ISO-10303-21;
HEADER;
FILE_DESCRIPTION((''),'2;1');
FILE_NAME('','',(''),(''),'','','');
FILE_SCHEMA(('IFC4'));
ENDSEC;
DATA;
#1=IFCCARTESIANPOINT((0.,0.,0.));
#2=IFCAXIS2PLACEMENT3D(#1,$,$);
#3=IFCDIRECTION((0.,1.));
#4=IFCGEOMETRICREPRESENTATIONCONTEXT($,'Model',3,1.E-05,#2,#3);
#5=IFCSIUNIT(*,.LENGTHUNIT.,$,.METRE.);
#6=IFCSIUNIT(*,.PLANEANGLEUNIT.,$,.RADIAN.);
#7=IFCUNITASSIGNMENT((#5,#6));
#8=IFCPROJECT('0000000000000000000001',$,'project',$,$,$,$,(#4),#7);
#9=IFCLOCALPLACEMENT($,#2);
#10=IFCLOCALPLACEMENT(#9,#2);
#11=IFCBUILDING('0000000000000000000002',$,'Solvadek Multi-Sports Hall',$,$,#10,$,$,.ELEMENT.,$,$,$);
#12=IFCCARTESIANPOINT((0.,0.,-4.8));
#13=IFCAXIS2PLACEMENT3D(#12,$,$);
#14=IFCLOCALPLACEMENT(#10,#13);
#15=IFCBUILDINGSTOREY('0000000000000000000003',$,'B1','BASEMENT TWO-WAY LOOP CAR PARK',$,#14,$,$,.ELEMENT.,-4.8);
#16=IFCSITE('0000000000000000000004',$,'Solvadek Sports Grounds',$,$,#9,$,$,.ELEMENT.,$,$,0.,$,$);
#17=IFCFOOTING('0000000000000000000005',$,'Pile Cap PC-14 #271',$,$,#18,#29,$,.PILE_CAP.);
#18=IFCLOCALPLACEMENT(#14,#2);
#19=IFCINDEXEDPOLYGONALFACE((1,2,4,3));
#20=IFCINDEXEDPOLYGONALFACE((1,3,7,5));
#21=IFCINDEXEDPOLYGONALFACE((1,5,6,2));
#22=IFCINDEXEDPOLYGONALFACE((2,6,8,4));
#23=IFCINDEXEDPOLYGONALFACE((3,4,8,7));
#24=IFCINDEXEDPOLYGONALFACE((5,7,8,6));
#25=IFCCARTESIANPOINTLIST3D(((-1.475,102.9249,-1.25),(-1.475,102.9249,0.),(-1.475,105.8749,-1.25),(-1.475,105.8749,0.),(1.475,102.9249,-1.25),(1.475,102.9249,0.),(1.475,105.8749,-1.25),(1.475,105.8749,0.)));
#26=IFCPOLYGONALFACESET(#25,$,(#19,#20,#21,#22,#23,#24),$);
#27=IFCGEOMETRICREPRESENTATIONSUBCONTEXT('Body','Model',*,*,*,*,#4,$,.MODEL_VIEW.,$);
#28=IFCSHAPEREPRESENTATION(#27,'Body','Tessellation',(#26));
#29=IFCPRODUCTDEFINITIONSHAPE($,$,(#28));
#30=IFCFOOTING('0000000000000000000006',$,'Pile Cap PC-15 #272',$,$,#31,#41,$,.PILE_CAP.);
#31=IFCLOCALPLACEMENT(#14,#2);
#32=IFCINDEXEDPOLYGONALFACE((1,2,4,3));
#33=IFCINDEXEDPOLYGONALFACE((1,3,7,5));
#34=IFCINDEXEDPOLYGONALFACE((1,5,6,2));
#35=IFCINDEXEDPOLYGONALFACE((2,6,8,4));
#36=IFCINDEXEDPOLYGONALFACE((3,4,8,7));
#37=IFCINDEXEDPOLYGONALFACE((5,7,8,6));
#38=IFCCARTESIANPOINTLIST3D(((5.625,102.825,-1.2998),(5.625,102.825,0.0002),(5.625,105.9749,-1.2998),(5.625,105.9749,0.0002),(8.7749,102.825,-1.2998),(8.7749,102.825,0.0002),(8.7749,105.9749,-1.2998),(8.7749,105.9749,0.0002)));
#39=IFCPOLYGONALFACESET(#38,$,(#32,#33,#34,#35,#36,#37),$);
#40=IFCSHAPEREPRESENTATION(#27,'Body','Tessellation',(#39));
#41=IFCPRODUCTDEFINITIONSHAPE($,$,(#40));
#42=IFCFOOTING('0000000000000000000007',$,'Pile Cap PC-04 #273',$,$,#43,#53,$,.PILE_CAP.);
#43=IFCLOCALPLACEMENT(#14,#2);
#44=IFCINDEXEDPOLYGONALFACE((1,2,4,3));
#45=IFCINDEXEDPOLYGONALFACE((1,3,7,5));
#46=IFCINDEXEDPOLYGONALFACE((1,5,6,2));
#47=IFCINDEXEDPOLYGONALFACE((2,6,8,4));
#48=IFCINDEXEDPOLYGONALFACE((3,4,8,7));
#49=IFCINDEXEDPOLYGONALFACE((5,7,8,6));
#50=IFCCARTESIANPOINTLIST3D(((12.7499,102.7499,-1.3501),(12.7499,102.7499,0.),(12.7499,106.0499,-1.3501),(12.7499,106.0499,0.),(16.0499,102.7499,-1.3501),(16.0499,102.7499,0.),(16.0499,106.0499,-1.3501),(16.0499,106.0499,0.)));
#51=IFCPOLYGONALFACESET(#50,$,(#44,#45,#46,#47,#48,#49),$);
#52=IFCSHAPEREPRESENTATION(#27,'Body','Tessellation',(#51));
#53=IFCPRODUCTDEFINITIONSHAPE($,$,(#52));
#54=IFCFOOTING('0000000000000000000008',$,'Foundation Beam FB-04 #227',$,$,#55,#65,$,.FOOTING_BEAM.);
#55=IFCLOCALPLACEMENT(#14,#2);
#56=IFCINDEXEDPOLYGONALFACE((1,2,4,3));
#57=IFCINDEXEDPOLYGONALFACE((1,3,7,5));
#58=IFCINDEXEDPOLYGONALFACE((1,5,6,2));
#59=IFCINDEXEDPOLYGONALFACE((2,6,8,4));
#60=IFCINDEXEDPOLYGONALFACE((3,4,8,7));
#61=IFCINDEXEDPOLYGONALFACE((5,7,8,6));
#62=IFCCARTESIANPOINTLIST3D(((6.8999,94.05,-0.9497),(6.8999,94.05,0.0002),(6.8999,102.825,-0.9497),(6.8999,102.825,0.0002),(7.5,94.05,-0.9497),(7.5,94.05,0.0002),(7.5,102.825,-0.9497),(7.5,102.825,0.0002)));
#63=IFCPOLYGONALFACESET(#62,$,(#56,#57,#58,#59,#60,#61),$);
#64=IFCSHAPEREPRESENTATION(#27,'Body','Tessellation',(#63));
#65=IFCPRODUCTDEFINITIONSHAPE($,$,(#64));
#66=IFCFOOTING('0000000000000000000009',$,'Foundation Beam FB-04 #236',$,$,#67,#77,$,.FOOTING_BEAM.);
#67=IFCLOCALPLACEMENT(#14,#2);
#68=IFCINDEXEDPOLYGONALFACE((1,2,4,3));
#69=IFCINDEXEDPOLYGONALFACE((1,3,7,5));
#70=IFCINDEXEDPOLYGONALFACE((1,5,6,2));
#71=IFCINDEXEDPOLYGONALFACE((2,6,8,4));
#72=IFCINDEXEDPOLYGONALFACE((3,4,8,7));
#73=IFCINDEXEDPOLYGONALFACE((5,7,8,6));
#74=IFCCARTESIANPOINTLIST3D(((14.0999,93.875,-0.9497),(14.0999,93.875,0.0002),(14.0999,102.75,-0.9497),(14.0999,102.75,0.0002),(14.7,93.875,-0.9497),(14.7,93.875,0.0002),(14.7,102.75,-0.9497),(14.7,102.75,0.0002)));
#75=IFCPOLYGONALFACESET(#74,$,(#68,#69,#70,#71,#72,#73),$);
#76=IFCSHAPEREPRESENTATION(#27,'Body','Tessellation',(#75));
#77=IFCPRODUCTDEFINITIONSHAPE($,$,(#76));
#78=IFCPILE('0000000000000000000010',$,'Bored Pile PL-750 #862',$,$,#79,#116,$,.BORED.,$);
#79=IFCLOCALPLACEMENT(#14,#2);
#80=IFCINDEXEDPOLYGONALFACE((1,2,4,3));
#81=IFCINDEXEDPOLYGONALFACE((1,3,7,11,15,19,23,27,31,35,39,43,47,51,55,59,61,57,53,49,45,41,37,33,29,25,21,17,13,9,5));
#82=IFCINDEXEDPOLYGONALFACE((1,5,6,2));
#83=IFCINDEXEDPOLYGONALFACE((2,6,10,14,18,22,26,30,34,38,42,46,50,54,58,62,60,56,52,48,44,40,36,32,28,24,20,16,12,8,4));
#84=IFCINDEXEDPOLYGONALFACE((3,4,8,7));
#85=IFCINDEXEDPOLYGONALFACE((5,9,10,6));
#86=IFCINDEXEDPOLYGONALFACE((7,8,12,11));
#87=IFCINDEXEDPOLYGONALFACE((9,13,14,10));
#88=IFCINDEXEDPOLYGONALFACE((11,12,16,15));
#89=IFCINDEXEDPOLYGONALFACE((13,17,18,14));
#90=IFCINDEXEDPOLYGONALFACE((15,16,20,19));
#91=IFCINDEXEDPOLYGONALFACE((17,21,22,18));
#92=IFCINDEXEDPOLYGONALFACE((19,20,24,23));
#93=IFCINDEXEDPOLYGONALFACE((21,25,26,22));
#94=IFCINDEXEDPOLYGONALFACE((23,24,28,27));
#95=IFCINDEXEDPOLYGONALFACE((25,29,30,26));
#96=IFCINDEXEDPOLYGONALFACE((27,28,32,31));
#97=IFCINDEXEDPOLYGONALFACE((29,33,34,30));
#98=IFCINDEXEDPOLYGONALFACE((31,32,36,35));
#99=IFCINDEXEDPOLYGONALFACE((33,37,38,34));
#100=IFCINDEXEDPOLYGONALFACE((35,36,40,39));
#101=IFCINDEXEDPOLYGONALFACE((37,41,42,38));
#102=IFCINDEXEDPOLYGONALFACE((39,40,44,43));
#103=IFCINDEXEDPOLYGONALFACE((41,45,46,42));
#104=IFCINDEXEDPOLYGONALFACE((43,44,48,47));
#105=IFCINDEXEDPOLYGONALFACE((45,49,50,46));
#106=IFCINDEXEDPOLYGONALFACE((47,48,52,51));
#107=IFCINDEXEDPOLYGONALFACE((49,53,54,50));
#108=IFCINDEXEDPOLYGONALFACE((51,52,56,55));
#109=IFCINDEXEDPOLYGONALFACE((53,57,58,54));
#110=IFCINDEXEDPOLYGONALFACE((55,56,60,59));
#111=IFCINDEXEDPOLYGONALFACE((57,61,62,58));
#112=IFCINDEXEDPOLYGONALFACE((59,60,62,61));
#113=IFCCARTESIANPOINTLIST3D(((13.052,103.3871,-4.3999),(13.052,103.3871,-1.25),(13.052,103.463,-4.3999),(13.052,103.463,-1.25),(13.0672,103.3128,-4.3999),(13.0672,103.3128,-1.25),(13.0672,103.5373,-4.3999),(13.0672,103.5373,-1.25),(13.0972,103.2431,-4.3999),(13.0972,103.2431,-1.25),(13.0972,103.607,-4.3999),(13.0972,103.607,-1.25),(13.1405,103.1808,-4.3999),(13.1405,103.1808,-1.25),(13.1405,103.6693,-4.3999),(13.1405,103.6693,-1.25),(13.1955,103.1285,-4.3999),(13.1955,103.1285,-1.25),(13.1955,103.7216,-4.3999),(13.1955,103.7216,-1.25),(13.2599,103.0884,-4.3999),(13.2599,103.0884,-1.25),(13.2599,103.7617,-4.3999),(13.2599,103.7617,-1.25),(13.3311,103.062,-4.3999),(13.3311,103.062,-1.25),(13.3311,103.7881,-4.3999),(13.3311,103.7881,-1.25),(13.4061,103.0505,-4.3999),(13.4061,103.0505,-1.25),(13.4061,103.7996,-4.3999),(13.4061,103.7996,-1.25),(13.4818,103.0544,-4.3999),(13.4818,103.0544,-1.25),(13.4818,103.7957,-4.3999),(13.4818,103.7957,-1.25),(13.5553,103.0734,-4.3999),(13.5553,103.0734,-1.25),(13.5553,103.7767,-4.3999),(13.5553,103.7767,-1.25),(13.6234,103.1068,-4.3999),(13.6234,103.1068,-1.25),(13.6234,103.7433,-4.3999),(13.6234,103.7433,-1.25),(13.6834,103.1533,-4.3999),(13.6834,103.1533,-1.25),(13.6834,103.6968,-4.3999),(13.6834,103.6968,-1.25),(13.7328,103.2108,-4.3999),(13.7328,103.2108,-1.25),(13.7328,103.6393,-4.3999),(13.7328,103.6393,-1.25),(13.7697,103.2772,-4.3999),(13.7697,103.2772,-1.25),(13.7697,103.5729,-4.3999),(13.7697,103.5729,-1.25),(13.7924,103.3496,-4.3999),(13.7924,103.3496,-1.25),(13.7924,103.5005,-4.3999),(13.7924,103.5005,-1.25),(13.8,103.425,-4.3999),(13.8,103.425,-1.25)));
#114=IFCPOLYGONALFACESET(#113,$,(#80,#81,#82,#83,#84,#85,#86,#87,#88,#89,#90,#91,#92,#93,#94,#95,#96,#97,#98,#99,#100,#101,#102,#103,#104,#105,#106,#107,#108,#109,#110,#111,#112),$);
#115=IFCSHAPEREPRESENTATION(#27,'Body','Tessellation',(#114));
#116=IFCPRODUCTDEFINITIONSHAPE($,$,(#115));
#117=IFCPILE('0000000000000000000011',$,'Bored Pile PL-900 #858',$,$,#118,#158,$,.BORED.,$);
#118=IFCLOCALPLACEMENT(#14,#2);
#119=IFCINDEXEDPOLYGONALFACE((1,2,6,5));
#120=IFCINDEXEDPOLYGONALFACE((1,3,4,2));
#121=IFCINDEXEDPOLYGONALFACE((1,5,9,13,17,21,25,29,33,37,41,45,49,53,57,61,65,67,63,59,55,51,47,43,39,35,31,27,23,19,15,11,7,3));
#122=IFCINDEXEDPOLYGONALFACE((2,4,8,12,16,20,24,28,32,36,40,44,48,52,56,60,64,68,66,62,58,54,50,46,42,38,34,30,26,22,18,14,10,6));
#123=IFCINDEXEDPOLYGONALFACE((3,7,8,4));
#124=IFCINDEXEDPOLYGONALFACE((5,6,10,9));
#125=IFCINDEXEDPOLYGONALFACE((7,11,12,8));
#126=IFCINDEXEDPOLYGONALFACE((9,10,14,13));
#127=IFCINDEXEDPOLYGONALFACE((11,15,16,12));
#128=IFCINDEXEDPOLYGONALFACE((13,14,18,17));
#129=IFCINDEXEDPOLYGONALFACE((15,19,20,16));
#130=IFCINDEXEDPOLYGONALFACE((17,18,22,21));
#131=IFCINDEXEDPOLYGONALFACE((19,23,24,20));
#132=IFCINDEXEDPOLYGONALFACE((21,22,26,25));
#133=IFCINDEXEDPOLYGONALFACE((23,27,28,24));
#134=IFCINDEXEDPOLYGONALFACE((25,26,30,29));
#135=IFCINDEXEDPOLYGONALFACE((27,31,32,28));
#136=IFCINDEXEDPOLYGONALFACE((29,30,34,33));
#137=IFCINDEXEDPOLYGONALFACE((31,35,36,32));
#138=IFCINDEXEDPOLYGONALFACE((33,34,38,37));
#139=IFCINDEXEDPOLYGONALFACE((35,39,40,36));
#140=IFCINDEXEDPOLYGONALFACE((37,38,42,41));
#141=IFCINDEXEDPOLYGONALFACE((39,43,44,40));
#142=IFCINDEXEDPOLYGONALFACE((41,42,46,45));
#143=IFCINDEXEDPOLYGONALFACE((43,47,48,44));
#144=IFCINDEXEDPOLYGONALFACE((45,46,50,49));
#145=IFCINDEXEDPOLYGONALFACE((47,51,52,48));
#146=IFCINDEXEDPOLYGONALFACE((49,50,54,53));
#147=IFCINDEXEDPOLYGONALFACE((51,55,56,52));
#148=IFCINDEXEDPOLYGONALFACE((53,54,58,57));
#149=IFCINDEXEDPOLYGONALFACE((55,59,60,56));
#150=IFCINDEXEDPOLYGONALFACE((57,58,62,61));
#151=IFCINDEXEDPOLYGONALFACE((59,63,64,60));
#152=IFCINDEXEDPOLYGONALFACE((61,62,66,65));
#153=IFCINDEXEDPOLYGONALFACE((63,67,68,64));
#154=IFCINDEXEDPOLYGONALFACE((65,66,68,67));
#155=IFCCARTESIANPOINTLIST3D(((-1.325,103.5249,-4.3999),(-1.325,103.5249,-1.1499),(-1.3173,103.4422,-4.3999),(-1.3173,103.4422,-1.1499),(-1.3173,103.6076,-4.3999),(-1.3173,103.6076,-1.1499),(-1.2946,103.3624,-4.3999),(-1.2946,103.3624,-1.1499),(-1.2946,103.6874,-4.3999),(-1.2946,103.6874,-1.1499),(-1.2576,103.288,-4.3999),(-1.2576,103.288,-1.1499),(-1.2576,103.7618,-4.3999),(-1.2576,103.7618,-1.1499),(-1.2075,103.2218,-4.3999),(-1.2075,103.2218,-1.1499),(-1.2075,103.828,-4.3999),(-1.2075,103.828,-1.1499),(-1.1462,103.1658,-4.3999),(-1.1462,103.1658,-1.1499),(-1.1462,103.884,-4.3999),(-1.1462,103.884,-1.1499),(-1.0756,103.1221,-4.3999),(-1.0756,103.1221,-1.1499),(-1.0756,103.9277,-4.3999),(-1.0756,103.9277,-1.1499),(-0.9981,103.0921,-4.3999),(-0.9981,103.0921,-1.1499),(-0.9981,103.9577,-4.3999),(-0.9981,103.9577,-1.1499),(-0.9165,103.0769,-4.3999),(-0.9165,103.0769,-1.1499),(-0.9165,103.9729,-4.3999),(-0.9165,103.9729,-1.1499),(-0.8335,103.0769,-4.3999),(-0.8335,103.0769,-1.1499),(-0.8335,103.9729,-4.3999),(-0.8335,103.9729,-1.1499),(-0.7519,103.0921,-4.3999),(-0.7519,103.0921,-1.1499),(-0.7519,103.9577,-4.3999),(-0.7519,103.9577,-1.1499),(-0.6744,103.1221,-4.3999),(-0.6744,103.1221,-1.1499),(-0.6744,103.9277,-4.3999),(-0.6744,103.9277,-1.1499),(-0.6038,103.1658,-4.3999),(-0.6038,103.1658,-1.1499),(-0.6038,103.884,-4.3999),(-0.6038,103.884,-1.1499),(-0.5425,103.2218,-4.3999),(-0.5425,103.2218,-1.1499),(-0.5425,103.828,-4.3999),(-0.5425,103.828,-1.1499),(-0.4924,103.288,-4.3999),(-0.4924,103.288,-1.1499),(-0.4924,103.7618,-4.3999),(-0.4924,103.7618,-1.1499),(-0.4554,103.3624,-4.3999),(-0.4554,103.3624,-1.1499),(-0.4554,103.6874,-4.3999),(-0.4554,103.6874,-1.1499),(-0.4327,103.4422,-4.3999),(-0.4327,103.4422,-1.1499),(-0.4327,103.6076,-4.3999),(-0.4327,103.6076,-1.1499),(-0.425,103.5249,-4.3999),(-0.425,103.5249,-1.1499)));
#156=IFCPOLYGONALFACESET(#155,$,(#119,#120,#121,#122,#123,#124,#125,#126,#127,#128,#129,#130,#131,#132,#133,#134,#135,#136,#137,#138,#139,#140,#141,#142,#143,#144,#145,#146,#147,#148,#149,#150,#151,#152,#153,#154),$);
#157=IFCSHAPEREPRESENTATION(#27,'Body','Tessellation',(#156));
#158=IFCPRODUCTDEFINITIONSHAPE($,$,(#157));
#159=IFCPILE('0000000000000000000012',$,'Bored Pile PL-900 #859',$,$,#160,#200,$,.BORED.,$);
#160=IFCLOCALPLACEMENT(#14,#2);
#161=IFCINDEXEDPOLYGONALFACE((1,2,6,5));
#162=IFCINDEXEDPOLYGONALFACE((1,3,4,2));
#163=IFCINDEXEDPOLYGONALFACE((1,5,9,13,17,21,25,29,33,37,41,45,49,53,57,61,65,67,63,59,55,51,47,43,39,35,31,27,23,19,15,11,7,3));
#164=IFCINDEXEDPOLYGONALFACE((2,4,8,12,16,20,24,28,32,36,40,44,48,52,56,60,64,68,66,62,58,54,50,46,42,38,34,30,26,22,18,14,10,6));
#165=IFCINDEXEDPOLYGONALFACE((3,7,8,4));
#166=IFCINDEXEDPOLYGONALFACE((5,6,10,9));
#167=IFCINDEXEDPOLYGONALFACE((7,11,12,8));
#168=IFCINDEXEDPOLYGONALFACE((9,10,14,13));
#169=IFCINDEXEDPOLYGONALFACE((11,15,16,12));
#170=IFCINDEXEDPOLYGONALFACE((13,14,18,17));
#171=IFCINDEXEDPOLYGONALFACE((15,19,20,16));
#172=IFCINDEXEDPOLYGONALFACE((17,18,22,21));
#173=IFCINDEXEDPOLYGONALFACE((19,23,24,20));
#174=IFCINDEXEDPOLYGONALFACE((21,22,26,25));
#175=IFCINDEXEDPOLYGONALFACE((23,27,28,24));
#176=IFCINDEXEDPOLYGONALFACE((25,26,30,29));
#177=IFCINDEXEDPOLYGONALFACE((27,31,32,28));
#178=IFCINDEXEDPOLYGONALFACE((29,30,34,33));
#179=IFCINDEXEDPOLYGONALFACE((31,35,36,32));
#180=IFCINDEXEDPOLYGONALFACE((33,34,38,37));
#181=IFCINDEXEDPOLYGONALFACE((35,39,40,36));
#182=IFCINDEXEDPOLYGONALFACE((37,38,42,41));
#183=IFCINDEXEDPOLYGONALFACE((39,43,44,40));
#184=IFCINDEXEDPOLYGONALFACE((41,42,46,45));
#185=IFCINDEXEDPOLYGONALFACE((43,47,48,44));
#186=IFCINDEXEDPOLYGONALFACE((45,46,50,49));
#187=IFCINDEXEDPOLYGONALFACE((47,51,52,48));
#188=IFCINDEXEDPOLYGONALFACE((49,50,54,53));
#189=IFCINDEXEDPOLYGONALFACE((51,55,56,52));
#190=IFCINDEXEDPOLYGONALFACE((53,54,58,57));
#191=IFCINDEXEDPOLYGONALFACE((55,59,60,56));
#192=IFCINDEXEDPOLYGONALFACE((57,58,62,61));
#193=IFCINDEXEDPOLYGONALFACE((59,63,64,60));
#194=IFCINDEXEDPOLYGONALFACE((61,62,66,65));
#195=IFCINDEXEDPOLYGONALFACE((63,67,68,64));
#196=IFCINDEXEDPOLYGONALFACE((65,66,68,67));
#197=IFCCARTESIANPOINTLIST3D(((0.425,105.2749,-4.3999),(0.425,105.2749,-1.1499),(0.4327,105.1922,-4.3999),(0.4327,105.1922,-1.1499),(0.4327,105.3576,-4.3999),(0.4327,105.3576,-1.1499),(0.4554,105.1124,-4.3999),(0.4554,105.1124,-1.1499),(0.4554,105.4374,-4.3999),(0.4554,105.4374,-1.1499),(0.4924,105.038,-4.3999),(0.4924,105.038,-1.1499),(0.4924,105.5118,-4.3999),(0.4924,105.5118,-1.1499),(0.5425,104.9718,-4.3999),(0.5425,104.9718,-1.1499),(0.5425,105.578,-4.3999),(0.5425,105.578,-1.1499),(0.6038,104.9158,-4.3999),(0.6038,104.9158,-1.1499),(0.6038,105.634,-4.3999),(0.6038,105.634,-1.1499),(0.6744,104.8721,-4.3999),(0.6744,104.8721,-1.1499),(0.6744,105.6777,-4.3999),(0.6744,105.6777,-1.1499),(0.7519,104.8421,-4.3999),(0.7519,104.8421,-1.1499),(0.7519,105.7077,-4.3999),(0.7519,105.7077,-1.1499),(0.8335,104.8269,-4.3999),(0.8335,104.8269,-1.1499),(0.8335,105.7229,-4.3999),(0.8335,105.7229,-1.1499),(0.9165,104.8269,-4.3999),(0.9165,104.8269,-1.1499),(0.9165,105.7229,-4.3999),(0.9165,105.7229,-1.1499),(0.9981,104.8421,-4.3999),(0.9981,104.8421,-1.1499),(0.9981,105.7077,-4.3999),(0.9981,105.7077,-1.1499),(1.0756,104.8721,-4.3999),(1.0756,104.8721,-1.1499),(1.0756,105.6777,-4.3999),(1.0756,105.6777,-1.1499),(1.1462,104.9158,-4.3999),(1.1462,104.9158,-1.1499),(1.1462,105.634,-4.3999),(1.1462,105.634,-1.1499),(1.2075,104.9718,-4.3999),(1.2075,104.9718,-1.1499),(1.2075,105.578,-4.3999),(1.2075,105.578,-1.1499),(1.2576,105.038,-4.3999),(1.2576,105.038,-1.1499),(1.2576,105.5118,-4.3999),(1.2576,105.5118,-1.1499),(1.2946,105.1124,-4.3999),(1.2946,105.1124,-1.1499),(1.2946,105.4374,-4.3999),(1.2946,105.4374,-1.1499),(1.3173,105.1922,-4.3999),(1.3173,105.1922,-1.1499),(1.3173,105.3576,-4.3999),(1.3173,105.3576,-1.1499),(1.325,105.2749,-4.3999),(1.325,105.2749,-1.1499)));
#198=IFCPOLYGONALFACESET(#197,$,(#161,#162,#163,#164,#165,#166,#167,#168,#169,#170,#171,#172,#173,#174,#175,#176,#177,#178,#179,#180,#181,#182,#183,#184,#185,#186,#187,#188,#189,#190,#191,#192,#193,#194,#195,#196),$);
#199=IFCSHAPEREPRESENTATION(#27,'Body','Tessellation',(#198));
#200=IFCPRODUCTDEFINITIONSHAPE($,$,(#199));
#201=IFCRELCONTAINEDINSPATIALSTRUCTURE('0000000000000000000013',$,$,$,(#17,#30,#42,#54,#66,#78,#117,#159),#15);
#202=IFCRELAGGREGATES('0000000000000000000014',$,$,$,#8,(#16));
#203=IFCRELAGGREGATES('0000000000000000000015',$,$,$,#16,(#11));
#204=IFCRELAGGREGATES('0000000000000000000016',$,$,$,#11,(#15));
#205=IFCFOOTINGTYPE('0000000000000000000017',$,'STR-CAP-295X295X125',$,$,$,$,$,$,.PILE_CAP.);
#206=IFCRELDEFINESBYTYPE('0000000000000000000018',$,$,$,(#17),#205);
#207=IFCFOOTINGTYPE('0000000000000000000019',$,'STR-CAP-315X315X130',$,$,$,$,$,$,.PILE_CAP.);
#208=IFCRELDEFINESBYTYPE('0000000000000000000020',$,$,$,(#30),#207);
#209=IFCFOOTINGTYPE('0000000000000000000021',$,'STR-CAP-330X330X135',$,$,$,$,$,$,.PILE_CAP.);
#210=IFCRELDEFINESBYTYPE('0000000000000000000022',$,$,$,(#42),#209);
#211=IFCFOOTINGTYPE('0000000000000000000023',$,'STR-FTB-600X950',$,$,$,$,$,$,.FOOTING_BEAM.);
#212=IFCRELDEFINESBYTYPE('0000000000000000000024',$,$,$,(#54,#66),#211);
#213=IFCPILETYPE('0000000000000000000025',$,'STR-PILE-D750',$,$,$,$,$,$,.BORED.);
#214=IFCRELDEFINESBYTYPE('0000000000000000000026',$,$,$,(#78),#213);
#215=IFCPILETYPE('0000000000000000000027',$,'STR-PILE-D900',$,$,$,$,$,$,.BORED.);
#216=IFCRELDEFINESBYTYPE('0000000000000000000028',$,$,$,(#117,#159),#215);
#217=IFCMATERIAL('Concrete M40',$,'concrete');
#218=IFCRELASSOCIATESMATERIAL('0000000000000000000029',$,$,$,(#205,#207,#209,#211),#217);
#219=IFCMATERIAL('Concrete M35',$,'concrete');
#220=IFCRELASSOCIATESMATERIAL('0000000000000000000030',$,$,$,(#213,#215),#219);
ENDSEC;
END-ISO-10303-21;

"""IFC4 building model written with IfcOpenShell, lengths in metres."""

from ifc_helpers import new_model, si_unit, direction, frame, origin, origin_2d, place, context, subcontext, project, spatial, rectangle, circle, extrude, material, material_profile, profile_set, type_object, element, save


model = new_model("IFC4")

# Units and contexts
model_context = context("Model", 3, precision=1e-05, world=origin(), true_north=direction((0.0, 1.0)))
body_context = subcontext(model_context, "Body", "Model", "MODEL_VIEW")
ifc_project = project(units=[si_unit("LENGTHUNIT", "METRE"), si_unit("PLANEANGLEUNIT", "RADIAN")], contexts=[model_context])

# Site, building, storey
site_placement = place(None, origin())
site = spatial("IfcSite", under=ifc_project, at=site_placement, Name="Solvadek Sports Grounds", CompositionType="ELEMENT", RefElevation=0.0)
building_placement = place(site_placement, origin())
building = spatial("IfcBuilding", under=site, at=building_placement, Name="Solvadek Multi-Sports Hall", CompositionType="ELEMENT")
storey_placement = place(building_placement, frame((0.0, 0.0, -4.8)))
storey = spatial("IfcBuildingStorey", under=building, at=storey_placement, Name="B1", Description="BASEMENT TWO-WAY LOOP CAR PARK", CompositionType="ELEMENT", Elevation=-4.8)

# Footings
ifc_material_1 = material(Name="Concrete M40", Category="concrete")
footing_type_1 = type_object("IfcFootingType", Name="STR-CAP-295X295X125", PredefinedType="PILE_CAP", material=ifc_material_1)
footing_1_placement = place(storey_placement, frame((0.0, 104.3999, -1.25), z_axis=(0.0, 0.0, 1.0), x_axis=(1.0, 0.0, 0.0)))
element("IfcFooting", 1, at=footing_1_placement, inside=storey, type_object=footing_type_1, Name="Pile Cap PC-14 #271", PredefinedType="PILE_CAP", context=body_context, shape_type="SweptSolid", body=[
    extrude(rectangle(XDim=2.95, YDim=2.95, at=origin_2d()), origin(), (0.0, 0.0, 1.0), 1.25),
])
footing_type_2 = type_object("IfcFootingType", Name="STR-CAP-315X315X130", PredefinedType="PILE_CAP", material=ifc_material_1)
footing_2_placement = place(storey_placement, frame((7.2, 104.3999, -1.2998), z_axis=(0.0, 0.0, 1.0), x_axis=(1.0, 0.0, 0.0)))
element("IfcFooting", 2, at=footing_2_placement, inside=storey, type_object=footing_type_2, Name="Pile Cap PC-15 #272", PredefinedType="PILE_CAP", context=body_context, shape_type="SweptSolid", body=[
    extrude(rectangle(XDim=3.1499, YDim=3.1499, at=origin_2d()), origin(), (0.0, 0.0, 1.0), 1.3),
])
footing_type_3 = type_object("IfcFootingType", Name="STR-CAP-330X330X135", PredefinedType="PILE_CAP", material=ifc_material_1)
footing_3_placement = place(storey_placement, frame((14.3999, 104.3999, -1.3501), z_axis=(0.0, 0.0, 1.0), x_axis=(1.0, 0.0, 0.0)))
element("IfcFooting", 3, at=footing_3_placement, inside=storey, type_object=footing_type_3, Name="Pile Cap PC-04 #273", PredefinedType="PILE_CAP", context=body_context, shape_type="SweptSolid", body=[
    extrude(rectangle(XDim=3.3, YDim=3.3, at=origin_2d()), origin(), (0.0, 0.0, 1.0), 1.3501),
])
footing_type_4 = type_object("IfcFootingType", Name="STR-FTB-600X950", PredefinedType="FOOTING_BEAM", material=ifc_material_1)
footing_4_placement = place(storey_placement, frame((7.2, 98.4375, -0.9497), z_axis=(0.0, 0.0, 1.0), x_axis=(0.0, 1.0, 0.0)))
element("IfcFooting", 4, at=footing_4_placement, inside=storey, type_object=footing_type_4, Name="Foundation Beam FB-04 #227", PredefinedType="FOOTING_BEAM", context=body_context, shape_type="SweptSolid", body=[
    extrude(rectangle(XDim=8.7749, YDim=0.6001, at=origin_2d()), origin(), (0.0, 0.0, 1.0), 0.95),
])
footing_5_placement = place(storey_placement, frame((14.3999, 98.3125, -0.9497), z_axis=(0.0, 0.0, 1.0), x_axis=(0.0, 1.0, 0.0)))
element("IfcFooting", 5, at=footing_5_placement, inside=storey, type_object=footing_type_4, Name="Foundation Beam FB-04 #236", PredefinedType="FOOTING_BEAM", context=body_context, shape_type="SweptSolid", body=[
    extrude(rectangle(XDim=8.875, YDim=0.6001, at=origin_2d()), origin(), (0.0, 0.0, 1.0), 0.95),
])

# Piles
ifc_material_2 = material(Name="Concrete M35", Category="concrete")
ifc_material_profile_1 = material_profile(ifc_material_2, circle(Radius=0.375, at=origin_2d()), Name="BORED PILE D750")
ifc_profile_set_1 = profile_set([ifc_material_profile_1], Name="Concrete M35")
pile_type_1 = type_object("IfcPileType", Name="STR-PILE-D750", PredefinedType="BORED", material=ifc_profile_set_1)
pile_1_placement = place(storey_placement, frame((13.425, 103.425, -1.25), z_axis=(0.0, 0.0, -1.0), x_axis=(1.0, 0.0, 0.0)))
element("IfcPile", 6, at=pile_1_placement, inside=storey, type_object=pile_type_1, Name="Bored Pile PL-750 #862", PredefinedType="BORED", context=body_context, shape_type="SweptSolid", body=[
    extrude(circle(Radius=0.375, at=origin_2d()), origin(), (0.0, 0.0, 1.0), 3.1499),
])
ifc_material_profile_2 = material_profile(ifc_material_2, circle(Radius=0.45, at=origin_2d()), Name="BORED PILE D900")
ifc_profile_set_2 = profile_set([ifc_material_profile_2], Name="Concrete M35")
pile_type_2 = type_object("IfcPileType", Name="STR-PILE-D900", PredefinedType="BORED", material=ifc_profile_set_2)
for number, where, z_axis, x_axis, name in (
    (7, (-0.875, 103.5249, -1.1499), (0.0, 0.0, -1.0), (1.0, 0.0, 0.0), "Bored Pile PL-900 #858"),
    (8, (0.875, 105.2749, -1.1499), (0.0, 0.0, -1.0), (1.0, 0.0, 0.0), "Bored Pile PL-900 #859"),
):
    element("IfcPile", number, at=place(storey_placement, frame(where, z_axis=z_axis, x_axis=x_axis)), inside=storey, type_object=pile_type_2, Name=name, PredefinedType="BORED", context=body_context, shape_type="SweptSolid", body=[
        extrude(circle(Radius=0.45, at=origin_2d()), origin(), (0.0, 0.0, 1.0), 3.25),
    ])

save(model, "model.ifc")
